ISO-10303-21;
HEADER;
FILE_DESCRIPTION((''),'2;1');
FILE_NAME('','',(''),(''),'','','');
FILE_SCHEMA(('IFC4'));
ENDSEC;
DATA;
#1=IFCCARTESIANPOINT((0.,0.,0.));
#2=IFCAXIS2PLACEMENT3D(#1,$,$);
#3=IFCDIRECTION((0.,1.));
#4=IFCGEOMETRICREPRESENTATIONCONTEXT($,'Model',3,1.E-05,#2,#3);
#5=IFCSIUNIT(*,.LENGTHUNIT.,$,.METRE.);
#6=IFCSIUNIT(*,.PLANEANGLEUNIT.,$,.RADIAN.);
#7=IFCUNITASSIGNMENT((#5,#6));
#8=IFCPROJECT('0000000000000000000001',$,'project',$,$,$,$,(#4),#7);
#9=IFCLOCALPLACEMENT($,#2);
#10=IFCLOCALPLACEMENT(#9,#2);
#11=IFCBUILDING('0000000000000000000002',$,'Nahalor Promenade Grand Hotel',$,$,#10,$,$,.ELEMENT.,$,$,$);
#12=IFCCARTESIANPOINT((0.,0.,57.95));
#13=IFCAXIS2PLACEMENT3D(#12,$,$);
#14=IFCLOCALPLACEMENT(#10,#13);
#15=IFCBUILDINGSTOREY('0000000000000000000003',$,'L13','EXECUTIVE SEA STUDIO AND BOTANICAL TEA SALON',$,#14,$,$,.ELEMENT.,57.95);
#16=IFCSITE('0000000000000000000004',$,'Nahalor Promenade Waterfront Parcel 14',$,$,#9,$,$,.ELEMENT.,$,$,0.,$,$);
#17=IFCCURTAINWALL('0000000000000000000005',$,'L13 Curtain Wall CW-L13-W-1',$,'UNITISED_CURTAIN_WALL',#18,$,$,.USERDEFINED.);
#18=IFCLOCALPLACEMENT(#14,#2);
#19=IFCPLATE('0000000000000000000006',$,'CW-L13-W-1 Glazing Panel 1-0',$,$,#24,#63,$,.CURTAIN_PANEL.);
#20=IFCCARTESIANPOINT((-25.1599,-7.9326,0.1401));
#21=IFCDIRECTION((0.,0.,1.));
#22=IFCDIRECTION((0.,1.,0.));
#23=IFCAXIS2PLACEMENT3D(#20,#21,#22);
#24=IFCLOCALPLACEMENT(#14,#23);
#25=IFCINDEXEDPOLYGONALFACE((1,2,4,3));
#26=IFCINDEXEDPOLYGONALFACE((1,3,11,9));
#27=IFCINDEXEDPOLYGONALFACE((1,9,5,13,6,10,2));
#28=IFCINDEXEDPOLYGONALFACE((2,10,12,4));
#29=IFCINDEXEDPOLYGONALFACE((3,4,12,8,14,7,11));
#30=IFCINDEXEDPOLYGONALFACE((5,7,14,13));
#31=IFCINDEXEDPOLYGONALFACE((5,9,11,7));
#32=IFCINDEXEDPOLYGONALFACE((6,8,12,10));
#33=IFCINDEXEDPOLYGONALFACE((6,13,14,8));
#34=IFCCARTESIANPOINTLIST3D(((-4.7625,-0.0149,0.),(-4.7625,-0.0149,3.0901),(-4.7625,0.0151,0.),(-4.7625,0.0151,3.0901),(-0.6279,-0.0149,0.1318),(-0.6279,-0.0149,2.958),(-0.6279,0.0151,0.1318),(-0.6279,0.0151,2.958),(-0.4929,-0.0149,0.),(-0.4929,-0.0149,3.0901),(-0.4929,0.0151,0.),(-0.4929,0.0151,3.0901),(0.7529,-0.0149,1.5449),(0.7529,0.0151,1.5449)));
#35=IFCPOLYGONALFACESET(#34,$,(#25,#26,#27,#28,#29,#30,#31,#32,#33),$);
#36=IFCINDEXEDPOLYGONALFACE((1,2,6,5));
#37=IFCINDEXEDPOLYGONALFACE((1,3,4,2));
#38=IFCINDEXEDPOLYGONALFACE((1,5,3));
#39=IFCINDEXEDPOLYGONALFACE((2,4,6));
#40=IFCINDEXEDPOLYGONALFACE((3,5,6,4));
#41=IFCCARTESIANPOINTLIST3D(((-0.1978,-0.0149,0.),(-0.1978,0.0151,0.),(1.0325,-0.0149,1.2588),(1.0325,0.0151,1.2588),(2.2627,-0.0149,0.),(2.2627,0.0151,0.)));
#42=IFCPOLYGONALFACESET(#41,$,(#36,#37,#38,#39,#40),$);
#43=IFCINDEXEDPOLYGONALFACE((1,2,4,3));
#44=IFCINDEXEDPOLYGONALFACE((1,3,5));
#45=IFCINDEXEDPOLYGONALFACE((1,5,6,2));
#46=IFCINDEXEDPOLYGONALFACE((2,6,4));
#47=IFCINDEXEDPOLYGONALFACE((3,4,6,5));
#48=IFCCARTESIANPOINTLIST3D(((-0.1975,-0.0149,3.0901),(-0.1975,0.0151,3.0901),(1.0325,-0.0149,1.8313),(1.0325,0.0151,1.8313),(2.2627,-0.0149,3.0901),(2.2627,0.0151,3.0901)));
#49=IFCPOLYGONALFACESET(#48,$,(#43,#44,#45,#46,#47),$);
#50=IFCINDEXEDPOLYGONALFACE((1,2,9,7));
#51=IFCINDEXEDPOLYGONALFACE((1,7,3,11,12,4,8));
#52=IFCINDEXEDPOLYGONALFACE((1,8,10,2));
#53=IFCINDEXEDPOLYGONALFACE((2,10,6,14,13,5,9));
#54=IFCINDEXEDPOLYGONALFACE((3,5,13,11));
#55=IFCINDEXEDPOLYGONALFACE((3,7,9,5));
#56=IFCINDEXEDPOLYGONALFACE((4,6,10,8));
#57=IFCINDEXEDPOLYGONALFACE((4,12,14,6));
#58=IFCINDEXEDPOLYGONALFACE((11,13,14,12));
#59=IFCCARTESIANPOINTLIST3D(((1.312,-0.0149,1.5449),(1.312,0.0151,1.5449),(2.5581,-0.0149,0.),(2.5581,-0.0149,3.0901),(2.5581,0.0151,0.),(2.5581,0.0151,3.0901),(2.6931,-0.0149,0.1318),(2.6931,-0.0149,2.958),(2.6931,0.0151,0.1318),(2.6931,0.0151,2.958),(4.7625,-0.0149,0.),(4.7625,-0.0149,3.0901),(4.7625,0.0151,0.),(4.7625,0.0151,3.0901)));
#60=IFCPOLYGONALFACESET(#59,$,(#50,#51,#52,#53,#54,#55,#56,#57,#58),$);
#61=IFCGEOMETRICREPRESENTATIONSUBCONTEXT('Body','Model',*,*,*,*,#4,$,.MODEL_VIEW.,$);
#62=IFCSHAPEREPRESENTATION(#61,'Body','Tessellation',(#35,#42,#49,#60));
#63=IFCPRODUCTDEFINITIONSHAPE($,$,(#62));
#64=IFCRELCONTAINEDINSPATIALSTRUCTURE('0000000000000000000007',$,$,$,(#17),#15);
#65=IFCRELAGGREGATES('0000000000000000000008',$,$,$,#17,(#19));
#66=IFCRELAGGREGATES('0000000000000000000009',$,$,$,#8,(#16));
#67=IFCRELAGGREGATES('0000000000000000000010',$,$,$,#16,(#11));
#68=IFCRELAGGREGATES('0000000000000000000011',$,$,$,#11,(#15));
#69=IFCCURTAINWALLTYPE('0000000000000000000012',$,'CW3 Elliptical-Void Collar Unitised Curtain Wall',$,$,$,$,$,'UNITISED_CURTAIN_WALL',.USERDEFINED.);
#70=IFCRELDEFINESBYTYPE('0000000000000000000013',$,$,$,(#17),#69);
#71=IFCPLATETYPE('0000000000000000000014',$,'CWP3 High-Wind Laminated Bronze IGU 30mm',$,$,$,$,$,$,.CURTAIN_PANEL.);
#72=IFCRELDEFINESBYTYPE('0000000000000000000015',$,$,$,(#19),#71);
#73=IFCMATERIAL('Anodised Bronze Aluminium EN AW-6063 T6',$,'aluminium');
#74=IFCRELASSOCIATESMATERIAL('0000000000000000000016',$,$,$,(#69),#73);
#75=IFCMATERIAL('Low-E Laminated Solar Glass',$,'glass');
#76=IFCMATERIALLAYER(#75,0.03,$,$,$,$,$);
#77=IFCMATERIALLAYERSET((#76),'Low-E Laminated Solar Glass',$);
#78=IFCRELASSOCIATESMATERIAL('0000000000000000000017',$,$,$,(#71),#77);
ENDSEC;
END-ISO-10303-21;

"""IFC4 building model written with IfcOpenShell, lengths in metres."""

from ifc_helpers import new_model, si_unit, direction, frame, origin, place, context, subcontext, project, spatial, polyline, outline, extrude, material, layer, layer_set, type_object, element, aggregate, save


model = new_model("IFC4")

# Units and contexts
model_context = context("Model", 3, precision=1e-05, world=origin(), true_north=direction((0.0, 1.0)))
body_context = subcontext(model_context, "Body", "Model", "MODEL_VIEW")
ifc_project = project(units=[si_unit("LENGTHUNIT", "METRE"), si_unit("PLANEANGLEUNIT", "RADIAN")], contexts=[model_context])

# Site, building, storey
site_placement = place(None, origin())
site = spatial("IfcSite", under=ifc_project, at=site_placement, Name="Nahalor Promenade Waterfront Parcel 14", CompositionType="ELEMENT", RefElevation=0.0)
building_placement = place(site_placement, origin())
building = spatial("IfcBuilding", under=site, at=building_placement, Name="Nahalor Promenade Grand Hotel", CompositionType="ELEMENT")
storey_placement = place(building_placement, frame((0.0, 0.0, 57.95)))
storey = spatial("IfcBuildingStorey", under=building, at=storey_placement, Name="L13", Description="EXECUTIVE SEA STUDIO AND BOTANICAL TEA SALON", CompositionType="ELEMENT", Elevation=57.95)

# Shared definitions
ifc_material_1 = material(Name="Anodised Bronze Aluminium EN AW-6063 T6", Category="aluminium")
curtain_wall_type = type_object("IfcCurtainWallType", Name="CW3 Elliptical-Void Collar Unitised Curtain Wall", ElementType="UNITISED_CURTAIN_WALL", PredefinedType="USERDEFINED", material=ifc_material_1)

# Curtain wall
curtain_wall_1_placement = place(storey_placement, origin())
curtain_wall_1 = element("IfcCurtainWall", 1, at=curtain_wall_1_placement, inside=storey, type_object=curtain_wall_type, Name="L13 Curtain Wall CW-L13-W-1", ObjectType="UNITISED_CURTAIN_WALL", PredefinedType="USERDEFINED")

# Plate
ifc_material_2 = material(Name="Low-E Laminated Solar Glass", Category="glass")
ifc_layer_1 = layer(ifc_material_2, 0.03)
ifc_layer_set_1 = layer_set([ifc_layer_1], Name="Low-E Laminated Solar Glass")
plate_type_1 = type_object("IfcPlateType", Name="CWP3 High-Wind Laminated Bronze IGU 30mm", PredefinedType="CURTAIN_PANEL", material=ifc_layer_set_1)
plate_1_placement = place(storey_placement, frame((-25.1599, -7.9326, 0.1401), z_axis=(0.0, 0.0, 1.0), x_axis=(0.0, 1.0, 0.0)))
plate_1 = element("IfcPlate", 2, at=plate_1_placement, type_object=plate_type_1, Name="CW-L13-W-1 Glazing Panel 1-0", PredefinedType="CURTAIN_PANEL", context=body_context, shape_type="SweptSolid", body=[
    extrude(outline(polyline([(-4.7625, 3.0901), (-4.7625, 0.0), (-0.4929, 0.0), (-0.6279, 0.1318), (0.7529, 1.5449), (-0.6279, 2.958), (-0.4929, 3.0901), (-4.7625, 3.0901)])), frame((0.0, 0.0151, 0.0), z_axis=(0.0, -1.0, 0.0), x_axis=(1.0, 0.0, 0.0)), (0.0, 0.0, 1.0), 0.03),
    extrude(outline(polyline([(1.0325, 1.2588), (-0.1978, 0.0), (2.2627, 0.0), (1.0325, 1.2588)])), frame((0.0, 0.0151, 0.0), z_axis=(0.0, -1.0, 0.0), x_axis=(1.0, 0.0, 0.0)), (0.0, 0.0, 1.0), 0.03),
    extrude(outline(polyline([(1.0325, 1.8313), (2.2627, 3.0901), (-0.1975, 3.0901), (1.0325, 1.8313)])), frame((0.0, 0.0151, 0.0), z_axis=(0.0, -1.0, 0.0), x_axis=(1.0, 0.0, 0.0)), (0.0, 0.0, 1.0), 0.03),
    extrude(outline(polyline([(4.7625, 0.0), (4.7625, 3.0901), (2.5581, 3.0901), (2.6931, 2.958), (1.312, 1.5449), (2.6931, 0.1318), (2.5581, 0.0), (4.7625, 0.0)])), frame((0.0, 0.0151, 0.0), z_axis=(0.0, -1.0, 0.0), x_axis=(1.0, 0.0, 0.0)), (0.0, 0.0, 1.0), 0.03),
])
aggregate(curtain_wall_1, [plate_1])

save(model, "model.ifc")
